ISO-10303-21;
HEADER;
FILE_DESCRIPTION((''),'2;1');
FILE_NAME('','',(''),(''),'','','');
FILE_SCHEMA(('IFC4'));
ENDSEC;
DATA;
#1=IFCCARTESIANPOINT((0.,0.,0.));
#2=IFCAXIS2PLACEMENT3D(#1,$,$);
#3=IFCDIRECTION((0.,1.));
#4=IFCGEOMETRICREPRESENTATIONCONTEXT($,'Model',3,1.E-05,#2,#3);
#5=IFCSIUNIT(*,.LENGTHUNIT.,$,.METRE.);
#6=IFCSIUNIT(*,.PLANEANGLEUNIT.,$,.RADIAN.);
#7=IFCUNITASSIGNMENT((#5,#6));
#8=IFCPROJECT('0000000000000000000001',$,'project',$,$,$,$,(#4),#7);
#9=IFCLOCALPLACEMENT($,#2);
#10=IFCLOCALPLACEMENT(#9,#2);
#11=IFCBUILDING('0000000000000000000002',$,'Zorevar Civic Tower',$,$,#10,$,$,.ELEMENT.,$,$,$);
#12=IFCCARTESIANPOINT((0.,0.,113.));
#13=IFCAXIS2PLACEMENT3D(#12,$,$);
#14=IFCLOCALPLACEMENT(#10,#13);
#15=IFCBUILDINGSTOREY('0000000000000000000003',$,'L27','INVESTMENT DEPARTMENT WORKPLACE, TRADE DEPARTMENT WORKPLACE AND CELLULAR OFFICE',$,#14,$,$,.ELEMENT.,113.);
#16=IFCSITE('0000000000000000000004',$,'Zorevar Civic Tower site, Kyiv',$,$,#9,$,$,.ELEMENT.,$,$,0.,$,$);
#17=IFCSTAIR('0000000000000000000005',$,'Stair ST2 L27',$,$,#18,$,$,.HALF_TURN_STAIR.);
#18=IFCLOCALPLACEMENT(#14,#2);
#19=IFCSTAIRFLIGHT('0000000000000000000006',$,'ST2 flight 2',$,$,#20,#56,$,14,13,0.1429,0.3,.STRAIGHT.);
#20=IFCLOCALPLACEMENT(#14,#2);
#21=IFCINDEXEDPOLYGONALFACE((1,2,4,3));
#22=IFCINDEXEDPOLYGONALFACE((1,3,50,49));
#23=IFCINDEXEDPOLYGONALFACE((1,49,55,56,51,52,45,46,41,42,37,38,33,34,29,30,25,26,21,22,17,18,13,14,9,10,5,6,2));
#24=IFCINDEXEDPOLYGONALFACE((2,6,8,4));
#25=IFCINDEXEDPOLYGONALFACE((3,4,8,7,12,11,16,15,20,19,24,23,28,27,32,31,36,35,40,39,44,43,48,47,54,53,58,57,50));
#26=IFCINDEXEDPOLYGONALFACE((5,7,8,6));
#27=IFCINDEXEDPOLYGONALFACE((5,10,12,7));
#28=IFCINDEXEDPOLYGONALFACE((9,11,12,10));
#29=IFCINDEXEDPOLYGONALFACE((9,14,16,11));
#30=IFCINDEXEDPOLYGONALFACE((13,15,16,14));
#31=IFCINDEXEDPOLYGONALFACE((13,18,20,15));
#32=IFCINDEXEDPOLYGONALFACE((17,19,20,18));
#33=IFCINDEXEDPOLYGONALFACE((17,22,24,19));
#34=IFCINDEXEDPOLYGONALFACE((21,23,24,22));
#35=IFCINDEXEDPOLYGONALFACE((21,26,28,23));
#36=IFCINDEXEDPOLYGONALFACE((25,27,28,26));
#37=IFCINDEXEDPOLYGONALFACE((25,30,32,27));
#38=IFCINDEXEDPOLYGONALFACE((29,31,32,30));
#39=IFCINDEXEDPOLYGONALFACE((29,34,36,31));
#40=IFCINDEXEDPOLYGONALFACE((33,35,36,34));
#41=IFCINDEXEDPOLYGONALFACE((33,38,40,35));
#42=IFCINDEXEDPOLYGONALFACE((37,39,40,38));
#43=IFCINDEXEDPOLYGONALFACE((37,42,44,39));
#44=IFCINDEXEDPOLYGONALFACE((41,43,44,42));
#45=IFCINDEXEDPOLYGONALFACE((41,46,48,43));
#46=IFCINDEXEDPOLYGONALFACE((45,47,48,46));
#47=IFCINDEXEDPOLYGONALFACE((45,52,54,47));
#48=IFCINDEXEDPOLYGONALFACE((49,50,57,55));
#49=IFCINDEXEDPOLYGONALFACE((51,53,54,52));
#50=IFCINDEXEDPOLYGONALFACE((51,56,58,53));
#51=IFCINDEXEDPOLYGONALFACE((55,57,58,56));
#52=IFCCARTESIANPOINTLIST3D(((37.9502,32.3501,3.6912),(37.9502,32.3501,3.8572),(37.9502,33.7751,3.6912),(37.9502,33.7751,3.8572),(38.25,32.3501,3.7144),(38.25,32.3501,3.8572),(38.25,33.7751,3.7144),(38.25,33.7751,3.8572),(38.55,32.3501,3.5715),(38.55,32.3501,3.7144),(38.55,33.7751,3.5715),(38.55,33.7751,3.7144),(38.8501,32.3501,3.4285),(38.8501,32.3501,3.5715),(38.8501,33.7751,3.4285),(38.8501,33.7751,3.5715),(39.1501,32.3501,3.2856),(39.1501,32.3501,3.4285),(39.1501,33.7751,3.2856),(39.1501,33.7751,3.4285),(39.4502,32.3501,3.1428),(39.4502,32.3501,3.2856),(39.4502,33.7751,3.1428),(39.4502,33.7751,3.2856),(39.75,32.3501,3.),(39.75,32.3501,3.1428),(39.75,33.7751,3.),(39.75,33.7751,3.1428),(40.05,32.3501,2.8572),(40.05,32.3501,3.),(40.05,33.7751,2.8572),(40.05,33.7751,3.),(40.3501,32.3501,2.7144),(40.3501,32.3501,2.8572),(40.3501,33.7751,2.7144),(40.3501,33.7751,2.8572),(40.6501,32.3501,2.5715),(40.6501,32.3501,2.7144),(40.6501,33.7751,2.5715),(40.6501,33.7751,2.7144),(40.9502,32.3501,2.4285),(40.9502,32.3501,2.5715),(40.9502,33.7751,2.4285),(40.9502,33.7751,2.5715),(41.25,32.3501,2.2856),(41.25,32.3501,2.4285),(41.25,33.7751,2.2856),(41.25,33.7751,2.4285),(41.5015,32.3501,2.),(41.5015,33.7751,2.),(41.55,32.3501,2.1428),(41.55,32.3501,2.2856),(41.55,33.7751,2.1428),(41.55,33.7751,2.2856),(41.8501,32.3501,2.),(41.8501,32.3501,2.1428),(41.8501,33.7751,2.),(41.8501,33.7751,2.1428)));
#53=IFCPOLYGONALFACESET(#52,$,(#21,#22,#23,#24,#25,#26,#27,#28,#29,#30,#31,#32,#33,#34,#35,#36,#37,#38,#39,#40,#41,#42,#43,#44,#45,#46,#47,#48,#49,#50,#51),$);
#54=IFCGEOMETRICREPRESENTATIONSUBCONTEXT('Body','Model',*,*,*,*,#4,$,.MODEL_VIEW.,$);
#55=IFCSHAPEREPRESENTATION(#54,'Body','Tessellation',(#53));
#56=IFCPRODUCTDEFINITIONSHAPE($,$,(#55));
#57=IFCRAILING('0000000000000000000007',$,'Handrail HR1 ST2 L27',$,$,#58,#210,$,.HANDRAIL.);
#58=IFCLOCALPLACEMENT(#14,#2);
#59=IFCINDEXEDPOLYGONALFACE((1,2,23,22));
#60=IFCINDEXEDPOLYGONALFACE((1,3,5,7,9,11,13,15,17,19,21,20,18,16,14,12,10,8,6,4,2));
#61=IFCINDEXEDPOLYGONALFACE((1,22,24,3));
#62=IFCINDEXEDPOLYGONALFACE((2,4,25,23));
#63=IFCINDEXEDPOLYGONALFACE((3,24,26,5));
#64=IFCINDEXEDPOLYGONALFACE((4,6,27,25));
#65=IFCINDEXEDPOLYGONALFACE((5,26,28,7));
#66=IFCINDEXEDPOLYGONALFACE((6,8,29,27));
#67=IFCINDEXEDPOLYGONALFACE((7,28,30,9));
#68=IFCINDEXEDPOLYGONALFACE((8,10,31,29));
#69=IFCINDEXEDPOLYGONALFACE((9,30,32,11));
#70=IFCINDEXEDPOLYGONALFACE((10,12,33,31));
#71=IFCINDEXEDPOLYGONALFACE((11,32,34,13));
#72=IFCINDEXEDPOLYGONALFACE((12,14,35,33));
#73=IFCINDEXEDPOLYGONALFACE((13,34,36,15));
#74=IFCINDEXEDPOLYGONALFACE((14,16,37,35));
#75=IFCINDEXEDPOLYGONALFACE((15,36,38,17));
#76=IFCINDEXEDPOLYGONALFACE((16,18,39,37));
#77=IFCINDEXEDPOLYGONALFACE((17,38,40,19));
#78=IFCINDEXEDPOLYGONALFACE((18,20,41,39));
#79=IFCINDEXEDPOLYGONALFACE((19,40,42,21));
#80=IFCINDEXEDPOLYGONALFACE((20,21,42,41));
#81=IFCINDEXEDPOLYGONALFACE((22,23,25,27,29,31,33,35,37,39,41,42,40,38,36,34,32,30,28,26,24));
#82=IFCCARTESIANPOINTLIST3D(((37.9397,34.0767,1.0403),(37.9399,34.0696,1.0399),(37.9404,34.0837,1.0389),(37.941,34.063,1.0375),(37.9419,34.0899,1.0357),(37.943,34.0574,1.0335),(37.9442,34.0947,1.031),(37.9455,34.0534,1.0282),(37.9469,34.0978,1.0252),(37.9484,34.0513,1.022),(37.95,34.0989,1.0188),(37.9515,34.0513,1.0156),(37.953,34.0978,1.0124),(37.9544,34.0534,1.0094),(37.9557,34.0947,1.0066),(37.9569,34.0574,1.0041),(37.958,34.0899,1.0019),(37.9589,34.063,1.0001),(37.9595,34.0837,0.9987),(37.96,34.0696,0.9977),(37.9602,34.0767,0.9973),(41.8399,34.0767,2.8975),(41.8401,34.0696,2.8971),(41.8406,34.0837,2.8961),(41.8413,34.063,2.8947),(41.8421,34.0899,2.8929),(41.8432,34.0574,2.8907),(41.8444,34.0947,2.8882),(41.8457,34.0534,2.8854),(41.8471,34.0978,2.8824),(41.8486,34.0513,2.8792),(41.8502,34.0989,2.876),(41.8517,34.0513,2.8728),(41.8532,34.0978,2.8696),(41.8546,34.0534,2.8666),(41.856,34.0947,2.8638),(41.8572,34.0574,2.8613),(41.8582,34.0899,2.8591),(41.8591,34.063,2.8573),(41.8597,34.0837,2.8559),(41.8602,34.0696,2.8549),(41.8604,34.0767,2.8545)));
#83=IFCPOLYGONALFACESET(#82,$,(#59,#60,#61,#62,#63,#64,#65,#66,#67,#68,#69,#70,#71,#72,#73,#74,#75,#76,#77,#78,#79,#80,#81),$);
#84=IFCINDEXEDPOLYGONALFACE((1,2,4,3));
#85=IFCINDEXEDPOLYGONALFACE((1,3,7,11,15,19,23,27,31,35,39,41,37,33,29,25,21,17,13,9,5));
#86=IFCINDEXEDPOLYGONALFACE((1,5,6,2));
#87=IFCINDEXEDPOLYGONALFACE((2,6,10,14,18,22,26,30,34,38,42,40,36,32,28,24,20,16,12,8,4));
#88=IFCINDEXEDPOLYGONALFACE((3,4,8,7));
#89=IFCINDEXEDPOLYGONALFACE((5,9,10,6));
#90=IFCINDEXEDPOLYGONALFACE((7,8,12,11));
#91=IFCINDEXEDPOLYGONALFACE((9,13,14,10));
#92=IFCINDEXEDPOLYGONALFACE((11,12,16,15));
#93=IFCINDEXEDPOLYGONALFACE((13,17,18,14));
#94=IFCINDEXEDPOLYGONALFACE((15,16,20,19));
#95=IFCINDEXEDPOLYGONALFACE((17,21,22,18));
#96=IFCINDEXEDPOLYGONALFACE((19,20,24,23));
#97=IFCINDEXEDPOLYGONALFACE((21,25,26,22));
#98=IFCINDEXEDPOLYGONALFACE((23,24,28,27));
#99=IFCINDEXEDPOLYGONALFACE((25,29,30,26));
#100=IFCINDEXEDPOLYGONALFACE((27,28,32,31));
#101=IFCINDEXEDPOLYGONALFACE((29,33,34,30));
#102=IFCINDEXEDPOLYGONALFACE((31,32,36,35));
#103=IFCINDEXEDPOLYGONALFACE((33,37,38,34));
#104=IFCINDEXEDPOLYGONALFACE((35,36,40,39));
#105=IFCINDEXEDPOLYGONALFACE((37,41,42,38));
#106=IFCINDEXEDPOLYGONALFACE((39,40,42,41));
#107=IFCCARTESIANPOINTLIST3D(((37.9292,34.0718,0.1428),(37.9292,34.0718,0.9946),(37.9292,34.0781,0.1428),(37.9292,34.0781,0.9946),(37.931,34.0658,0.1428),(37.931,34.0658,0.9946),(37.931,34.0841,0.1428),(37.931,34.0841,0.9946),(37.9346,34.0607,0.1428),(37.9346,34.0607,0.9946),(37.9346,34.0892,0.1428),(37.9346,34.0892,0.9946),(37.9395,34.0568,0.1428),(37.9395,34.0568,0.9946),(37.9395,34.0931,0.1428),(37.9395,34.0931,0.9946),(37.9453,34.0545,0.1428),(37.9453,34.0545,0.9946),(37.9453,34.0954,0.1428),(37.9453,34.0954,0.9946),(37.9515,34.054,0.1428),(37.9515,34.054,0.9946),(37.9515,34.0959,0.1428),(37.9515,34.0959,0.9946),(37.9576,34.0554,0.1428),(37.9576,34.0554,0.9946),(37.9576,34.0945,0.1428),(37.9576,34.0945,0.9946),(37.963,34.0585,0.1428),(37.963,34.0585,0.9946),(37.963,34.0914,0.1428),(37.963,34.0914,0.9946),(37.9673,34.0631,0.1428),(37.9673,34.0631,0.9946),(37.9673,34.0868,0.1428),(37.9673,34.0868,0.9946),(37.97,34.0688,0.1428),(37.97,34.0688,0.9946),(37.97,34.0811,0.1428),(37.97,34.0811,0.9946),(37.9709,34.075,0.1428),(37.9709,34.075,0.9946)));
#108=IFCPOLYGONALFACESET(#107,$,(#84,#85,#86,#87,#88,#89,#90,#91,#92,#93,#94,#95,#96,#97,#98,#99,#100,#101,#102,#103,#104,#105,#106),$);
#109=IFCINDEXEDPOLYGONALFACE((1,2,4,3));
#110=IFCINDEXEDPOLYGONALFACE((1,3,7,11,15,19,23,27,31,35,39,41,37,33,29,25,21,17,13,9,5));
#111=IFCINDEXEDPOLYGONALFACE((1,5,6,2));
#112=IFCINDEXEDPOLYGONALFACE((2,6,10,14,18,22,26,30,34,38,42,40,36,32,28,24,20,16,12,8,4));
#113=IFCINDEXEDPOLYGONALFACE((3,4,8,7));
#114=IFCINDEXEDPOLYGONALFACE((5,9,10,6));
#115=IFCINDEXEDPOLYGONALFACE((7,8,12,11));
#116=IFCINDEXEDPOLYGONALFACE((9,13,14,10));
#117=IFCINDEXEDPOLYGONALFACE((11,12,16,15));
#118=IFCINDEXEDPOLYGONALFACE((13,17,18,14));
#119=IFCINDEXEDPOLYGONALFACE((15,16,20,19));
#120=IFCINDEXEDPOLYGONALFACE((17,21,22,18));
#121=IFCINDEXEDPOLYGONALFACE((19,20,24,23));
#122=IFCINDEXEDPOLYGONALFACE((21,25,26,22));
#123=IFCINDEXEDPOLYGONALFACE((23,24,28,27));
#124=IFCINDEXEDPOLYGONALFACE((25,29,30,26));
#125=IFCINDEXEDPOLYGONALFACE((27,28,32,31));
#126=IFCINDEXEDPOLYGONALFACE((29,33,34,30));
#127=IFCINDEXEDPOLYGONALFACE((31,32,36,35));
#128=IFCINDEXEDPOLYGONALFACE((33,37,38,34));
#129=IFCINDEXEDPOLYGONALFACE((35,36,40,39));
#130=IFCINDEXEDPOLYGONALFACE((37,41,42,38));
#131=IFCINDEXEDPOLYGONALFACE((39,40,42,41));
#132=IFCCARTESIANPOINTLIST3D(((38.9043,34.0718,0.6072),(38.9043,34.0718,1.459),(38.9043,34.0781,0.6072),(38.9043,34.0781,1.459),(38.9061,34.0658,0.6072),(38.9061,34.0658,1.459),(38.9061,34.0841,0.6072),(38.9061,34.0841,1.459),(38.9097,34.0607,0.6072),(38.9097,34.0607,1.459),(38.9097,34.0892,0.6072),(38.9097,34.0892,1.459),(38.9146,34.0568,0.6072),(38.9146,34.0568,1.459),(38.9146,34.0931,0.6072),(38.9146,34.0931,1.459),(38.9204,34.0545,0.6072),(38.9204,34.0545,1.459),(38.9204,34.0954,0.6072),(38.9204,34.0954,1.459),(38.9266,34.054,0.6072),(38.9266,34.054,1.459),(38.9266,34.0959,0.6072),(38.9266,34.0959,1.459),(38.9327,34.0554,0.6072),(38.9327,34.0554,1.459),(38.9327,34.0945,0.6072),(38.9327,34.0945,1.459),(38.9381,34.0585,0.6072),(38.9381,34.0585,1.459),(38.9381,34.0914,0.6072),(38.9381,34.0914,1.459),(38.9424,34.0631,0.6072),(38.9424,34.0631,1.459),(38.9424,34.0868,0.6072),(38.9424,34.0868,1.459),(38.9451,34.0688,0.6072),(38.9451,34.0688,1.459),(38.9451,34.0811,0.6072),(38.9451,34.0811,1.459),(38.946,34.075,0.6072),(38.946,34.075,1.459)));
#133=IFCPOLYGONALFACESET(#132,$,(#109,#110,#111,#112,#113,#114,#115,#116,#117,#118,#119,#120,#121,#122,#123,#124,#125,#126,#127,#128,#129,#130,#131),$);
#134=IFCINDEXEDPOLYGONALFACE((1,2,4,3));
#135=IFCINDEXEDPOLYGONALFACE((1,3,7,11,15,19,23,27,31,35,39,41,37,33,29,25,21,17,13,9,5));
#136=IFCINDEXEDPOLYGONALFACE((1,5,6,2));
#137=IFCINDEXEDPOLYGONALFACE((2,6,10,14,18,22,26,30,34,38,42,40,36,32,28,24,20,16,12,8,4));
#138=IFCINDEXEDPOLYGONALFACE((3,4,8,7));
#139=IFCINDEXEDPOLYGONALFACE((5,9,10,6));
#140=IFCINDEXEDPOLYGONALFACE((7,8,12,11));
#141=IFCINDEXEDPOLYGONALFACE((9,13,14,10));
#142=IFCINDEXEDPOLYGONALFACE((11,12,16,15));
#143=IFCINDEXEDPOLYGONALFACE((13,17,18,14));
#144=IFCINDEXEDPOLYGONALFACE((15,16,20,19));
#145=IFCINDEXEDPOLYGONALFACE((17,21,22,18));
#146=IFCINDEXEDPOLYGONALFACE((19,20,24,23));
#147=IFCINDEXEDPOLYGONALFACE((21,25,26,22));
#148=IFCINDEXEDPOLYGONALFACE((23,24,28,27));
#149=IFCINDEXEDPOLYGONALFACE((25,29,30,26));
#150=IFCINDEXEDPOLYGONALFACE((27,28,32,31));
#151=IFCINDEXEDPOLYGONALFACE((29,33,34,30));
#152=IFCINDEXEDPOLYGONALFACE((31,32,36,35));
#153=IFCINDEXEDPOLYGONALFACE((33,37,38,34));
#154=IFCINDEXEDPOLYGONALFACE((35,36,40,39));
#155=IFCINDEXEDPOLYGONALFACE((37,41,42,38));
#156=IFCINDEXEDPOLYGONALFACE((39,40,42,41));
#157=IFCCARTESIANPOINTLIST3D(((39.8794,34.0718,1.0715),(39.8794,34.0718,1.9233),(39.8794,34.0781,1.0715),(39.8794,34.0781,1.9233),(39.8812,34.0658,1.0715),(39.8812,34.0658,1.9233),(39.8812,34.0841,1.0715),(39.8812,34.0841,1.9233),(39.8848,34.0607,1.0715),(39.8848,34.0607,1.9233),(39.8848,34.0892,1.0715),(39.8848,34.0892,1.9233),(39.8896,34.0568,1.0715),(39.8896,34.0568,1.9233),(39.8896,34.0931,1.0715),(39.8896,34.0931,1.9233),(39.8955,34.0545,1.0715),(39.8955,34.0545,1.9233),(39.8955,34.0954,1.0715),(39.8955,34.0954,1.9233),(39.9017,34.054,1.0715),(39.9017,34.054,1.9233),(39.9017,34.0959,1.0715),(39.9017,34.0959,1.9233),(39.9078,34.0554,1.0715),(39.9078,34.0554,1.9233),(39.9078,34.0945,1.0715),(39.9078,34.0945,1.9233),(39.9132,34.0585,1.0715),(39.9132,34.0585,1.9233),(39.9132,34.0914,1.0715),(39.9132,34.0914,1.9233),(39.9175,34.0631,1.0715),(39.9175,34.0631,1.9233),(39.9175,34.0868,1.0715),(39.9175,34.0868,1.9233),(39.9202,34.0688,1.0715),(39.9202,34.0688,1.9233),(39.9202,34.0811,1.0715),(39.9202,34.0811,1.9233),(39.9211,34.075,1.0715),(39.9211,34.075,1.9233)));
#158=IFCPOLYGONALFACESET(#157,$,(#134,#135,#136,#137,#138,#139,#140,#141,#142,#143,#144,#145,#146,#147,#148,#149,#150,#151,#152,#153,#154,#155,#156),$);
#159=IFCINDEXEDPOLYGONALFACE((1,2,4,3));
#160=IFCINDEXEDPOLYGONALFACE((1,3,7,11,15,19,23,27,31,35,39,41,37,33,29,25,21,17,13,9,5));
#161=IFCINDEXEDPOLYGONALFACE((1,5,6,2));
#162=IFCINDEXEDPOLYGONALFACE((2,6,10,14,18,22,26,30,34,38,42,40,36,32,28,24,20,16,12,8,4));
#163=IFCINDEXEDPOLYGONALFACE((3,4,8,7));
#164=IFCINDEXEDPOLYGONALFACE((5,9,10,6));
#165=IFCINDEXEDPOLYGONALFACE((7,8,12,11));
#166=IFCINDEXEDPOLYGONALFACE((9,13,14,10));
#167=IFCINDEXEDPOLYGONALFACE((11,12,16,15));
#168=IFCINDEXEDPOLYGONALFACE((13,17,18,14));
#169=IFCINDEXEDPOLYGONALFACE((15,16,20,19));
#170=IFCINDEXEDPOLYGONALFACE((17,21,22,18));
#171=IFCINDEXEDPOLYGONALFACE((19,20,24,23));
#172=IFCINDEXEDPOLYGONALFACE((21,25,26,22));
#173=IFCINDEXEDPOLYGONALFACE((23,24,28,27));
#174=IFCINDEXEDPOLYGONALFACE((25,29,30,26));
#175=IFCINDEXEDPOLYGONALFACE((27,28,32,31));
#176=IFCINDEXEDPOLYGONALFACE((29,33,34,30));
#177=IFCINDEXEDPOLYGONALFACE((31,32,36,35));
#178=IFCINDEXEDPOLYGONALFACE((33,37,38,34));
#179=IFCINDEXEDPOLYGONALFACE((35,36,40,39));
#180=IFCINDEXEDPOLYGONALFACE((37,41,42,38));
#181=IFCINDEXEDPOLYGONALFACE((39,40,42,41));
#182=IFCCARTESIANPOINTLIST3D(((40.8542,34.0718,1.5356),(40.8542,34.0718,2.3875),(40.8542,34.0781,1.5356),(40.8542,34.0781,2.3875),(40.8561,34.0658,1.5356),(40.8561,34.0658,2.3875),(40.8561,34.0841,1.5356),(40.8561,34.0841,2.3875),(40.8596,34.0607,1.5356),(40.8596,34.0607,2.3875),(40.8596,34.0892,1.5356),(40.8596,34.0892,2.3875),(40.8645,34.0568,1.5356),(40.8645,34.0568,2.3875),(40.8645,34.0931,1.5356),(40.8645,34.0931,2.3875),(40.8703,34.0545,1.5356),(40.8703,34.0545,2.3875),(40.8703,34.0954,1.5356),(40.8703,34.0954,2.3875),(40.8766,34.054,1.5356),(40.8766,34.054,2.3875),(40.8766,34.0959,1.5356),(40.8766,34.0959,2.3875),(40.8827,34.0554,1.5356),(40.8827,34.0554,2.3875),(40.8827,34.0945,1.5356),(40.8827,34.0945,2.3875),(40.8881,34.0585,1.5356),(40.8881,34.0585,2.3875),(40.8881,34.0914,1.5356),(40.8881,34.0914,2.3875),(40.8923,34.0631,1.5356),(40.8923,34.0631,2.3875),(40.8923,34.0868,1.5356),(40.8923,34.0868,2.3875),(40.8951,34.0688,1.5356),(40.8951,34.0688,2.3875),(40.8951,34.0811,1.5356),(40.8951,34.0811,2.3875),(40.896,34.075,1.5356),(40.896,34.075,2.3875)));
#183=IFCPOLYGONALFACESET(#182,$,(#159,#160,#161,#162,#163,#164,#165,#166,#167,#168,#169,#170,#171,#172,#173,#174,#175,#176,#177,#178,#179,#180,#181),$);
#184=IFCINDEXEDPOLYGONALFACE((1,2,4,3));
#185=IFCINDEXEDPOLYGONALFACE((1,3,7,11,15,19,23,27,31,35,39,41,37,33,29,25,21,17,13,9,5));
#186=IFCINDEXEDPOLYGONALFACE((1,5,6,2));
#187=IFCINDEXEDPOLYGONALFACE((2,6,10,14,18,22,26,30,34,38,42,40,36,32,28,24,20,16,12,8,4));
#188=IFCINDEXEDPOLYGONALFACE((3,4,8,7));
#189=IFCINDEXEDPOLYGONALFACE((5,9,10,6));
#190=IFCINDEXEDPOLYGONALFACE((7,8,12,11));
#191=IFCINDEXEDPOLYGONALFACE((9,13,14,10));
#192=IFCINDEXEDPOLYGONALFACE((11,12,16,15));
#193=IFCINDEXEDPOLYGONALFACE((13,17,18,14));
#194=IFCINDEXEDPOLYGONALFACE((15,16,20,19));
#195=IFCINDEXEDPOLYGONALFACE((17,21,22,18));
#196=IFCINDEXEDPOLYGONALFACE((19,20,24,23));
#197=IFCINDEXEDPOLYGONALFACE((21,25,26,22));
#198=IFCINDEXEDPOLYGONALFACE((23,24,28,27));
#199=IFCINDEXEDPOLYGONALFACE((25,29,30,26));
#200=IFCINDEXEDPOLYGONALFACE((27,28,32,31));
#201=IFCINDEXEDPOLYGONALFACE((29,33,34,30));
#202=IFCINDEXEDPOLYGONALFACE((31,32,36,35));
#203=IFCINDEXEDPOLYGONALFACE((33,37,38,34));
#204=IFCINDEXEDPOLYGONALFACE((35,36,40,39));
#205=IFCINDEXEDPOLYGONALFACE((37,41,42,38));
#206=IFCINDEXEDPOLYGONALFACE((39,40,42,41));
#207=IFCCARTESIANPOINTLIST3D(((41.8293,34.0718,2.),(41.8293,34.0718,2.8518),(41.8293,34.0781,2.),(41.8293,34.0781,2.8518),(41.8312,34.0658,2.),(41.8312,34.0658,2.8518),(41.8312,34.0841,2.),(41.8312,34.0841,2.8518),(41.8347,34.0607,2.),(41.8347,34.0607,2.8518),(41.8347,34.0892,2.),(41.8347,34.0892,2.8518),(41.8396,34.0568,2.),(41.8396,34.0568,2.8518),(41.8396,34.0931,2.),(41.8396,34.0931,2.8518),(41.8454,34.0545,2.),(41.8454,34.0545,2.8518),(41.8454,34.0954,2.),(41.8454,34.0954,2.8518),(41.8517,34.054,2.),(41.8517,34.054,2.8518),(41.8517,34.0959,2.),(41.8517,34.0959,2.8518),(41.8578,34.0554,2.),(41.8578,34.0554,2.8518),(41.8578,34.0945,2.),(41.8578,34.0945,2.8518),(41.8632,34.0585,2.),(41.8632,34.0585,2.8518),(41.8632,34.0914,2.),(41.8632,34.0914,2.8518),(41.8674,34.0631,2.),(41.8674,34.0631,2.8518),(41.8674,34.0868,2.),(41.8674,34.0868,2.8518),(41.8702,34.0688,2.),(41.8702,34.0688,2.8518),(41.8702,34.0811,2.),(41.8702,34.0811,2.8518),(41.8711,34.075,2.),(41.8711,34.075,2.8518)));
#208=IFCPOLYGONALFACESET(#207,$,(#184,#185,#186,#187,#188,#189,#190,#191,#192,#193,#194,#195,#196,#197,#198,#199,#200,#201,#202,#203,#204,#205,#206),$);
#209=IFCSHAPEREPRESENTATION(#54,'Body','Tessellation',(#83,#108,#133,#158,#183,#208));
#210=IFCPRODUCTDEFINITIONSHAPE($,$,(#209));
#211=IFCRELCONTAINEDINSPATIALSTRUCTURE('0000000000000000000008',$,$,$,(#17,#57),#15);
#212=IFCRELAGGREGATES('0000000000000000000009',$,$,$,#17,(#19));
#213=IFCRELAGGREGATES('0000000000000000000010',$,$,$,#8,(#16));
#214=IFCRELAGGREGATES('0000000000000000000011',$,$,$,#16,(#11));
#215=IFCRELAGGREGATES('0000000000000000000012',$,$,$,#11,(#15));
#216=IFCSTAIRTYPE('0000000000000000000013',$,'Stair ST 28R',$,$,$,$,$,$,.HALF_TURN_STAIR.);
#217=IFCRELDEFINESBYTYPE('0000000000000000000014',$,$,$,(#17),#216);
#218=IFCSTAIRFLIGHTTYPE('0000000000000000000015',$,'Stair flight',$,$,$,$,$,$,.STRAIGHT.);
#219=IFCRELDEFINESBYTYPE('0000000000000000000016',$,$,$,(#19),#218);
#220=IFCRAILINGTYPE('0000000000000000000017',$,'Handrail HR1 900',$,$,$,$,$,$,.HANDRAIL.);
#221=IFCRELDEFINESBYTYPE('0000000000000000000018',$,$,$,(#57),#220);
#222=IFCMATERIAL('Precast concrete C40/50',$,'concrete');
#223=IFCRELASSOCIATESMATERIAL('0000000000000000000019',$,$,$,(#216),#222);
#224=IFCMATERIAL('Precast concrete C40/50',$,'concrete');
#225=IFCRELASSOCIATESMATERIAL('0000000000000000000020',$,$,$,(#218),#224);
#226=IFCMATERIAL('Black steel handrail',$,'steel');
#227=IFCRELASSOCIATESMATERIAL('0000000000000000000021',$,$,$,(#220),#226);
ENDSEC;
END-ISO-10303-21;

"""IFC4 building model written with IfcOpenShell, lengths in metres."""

from ifc_helpers import new_model, si_unit, direction, frame, origin, origin_2d, place, context, subcontext, project, spatial, polyline, circle, outline, extrude, material, type_object, element, aggregate, save


model = new_model("IFC4")

# Units and contexts
model_context = context("Model", 3, precision=1e-05, world=origin(), true_north=direction((0.0, 1.0)))
body_context = subcontext(model_context, "Body", "Model", "MODEL_VIEW")
ifc_project = project(units=[si_unit("LENGTHUNIT", "METRE"), si_unit("PLANEANGLEUNIT", "RADIAN")], contexts=[model_context])

# Site, building, storey
site_placement = place(None, origin())
site = spatial("IfcSite", under=ifc_project, at=site_placement, Name="Zorevar Civic Tower site, Kyiv", CompositionType="ELEMENT", RefElevation=0.0)
building_placement = place(site_placement, origin())
building = spatial("IfcBuilding", under=site, at=building_placement, Name="Zorevar Civic Tower", CompositionType="ELEMENT")
storey_placement = place(building_placement, frame((0.0, 0.0, 113.0)))
storey = spatial("IfcBuildingStorey", under=building, at=storey_placement, Name="L27", Description="INVESTMENT DEPARTMENT WORKPLACE, TRADE DEPARTMENT WORKPLACE AND CELLULAR OFFICE", CompositionType="ELEMENT", Elevation=113.0)

# Stair, stair flight
ifc_material_1 = material(Name="Precast concrete C40/50", Category="concrete")
stair_type = type_object("IfcStairType", Name="Stair ST 28R", PredefinedType="HALF_TURN_STAIR", material=ifc_material_1)
stair_placement = place(storey_placement, origin())
stair = element("IfcStair", 1, at=stair_placement, inside=storey, type_object=stair_type, Name="Stair ST2 L27", PredefinedType="HALF_TURN_STAIR")
ifc_material_2 = material(Name="Precast concrete C40/50", Category="concrete")
stair_flight_type = type_object("IfcStairFlightType", Name="Stair flight", PredefinedType="STRAIGHT", material=ifc_material_2)
stair_flight_1_placement = place(storey_placement, frame((41.8501, 33.0625, 2.0), z_axis=(0.0, 0.0, 1.0), x_axis=(-1.0, 0.0, 0.0)))
stair_flight_1 = element("IfcStairFlight", 2, at=stair_flight_1_placement, type_object=stair_flight_type, Name="ST2 flight 2", NumberOfRisers=14, NumberOfTreads=13, PredefinedType="STRAIGHT", RiserHeight=0.1429, TreadLength=0.3, context=body_context, shape_type="SweptSolid", body=[
    extrude(outline(polyline([(0.0, 0.0), (0.0, 0.1428), (0.3, 0.1428), (0.3, 0.2856), (0.6001, 0.2856), (0.6001, 0.4285), (0.8999, 0.4285), (0.8999, 0.5715), (1.2, 0.5715), (1.2, 0.7144), (1.5, 0.7144), (1.5, 0.8572), (1.8, 0.8572), (1.8, 1.0), (2.1001, 1.0), (2.1001, 1.1428), (2.3999, 1.1428), (2.3999, 1.2856), (2.7, 1.2856), (2.7, 1.4285), (3.0, 1.4285), (3.0, 1.5715), (3.3, 1.5715), (3.3, 1.7144), (3.6001, 1.7144), (3.6001, 1.8572), (3.8999, 1.8572), (3.8999, 2.0), (3.8999, 1.6912), (0.3486, 0.0), (0.0, 0.0)])), frame((0.0, 0.7124, 0.0), z_axis=(0.0, -1.0, 0.0), x_axis=(1.0, 0.0, 0.0)), (0.0, 0.0, 1.0), 1.425),
])
aggregate(stair, [stair_flight_1])

# Railing
ifc_material_3 = material(Name="Black steel handrail", Category="steel")
railing_type = type_object("IfcRailingType", Name="Handrail HR1 900", PredefinedType="HANDRAIL", material=ifc_material_3)
railing_1_placement = place(storey_placement, frame((37.95, 34.075, 0.1428)))
element("IfcRailing", 3, at=railing_1_placement, inside=storey, type_object=railing_type, Name="Handrail HR1 ST2 L27", PredefinedType="HANDRAIL", context=body_context, shape_type="SweptSolid", body=[
    extrude(circle(Radius=0.0239, at=origin_2d()), frame((0.0, 0.0, 0.876), z_axis=(0.902864, 0.0, 0.429927), x_axis=(0.0, 1.0, 0.0)), (0.0, 0.0, 1.0), 4.3198),
    extrude(circle(Radius=0.021, at=origin_2d()), origin(), (0.0, 0.0, 1.0), 0.8518),
    extrude(circle(Radius=0.021, at=origin_2d()), frame((0.9751, 0.0, 0.4644)), (0.0, 0.0, 1.0), 0.8518),
    extrude(circle(Radius=0.021, at=origin_2d()), frame((1.9502, 0.0, 0.9287)), (0.0, 0.0, 1.0), 0.8518),
    extrude(circle(Radius=0.021, at=origin_2d()), frame((2.925, 0.0, 1.3928)), (0.0, 0.0, 1.0), 0.8518),
    extrude(circle(Radius=0.021, at=origin_2d()), frame((3.9001, 0.0, 1.8572)), (0.0, 0.0, 1.0), 0.8518),
])

save(model, "model.ifc")
